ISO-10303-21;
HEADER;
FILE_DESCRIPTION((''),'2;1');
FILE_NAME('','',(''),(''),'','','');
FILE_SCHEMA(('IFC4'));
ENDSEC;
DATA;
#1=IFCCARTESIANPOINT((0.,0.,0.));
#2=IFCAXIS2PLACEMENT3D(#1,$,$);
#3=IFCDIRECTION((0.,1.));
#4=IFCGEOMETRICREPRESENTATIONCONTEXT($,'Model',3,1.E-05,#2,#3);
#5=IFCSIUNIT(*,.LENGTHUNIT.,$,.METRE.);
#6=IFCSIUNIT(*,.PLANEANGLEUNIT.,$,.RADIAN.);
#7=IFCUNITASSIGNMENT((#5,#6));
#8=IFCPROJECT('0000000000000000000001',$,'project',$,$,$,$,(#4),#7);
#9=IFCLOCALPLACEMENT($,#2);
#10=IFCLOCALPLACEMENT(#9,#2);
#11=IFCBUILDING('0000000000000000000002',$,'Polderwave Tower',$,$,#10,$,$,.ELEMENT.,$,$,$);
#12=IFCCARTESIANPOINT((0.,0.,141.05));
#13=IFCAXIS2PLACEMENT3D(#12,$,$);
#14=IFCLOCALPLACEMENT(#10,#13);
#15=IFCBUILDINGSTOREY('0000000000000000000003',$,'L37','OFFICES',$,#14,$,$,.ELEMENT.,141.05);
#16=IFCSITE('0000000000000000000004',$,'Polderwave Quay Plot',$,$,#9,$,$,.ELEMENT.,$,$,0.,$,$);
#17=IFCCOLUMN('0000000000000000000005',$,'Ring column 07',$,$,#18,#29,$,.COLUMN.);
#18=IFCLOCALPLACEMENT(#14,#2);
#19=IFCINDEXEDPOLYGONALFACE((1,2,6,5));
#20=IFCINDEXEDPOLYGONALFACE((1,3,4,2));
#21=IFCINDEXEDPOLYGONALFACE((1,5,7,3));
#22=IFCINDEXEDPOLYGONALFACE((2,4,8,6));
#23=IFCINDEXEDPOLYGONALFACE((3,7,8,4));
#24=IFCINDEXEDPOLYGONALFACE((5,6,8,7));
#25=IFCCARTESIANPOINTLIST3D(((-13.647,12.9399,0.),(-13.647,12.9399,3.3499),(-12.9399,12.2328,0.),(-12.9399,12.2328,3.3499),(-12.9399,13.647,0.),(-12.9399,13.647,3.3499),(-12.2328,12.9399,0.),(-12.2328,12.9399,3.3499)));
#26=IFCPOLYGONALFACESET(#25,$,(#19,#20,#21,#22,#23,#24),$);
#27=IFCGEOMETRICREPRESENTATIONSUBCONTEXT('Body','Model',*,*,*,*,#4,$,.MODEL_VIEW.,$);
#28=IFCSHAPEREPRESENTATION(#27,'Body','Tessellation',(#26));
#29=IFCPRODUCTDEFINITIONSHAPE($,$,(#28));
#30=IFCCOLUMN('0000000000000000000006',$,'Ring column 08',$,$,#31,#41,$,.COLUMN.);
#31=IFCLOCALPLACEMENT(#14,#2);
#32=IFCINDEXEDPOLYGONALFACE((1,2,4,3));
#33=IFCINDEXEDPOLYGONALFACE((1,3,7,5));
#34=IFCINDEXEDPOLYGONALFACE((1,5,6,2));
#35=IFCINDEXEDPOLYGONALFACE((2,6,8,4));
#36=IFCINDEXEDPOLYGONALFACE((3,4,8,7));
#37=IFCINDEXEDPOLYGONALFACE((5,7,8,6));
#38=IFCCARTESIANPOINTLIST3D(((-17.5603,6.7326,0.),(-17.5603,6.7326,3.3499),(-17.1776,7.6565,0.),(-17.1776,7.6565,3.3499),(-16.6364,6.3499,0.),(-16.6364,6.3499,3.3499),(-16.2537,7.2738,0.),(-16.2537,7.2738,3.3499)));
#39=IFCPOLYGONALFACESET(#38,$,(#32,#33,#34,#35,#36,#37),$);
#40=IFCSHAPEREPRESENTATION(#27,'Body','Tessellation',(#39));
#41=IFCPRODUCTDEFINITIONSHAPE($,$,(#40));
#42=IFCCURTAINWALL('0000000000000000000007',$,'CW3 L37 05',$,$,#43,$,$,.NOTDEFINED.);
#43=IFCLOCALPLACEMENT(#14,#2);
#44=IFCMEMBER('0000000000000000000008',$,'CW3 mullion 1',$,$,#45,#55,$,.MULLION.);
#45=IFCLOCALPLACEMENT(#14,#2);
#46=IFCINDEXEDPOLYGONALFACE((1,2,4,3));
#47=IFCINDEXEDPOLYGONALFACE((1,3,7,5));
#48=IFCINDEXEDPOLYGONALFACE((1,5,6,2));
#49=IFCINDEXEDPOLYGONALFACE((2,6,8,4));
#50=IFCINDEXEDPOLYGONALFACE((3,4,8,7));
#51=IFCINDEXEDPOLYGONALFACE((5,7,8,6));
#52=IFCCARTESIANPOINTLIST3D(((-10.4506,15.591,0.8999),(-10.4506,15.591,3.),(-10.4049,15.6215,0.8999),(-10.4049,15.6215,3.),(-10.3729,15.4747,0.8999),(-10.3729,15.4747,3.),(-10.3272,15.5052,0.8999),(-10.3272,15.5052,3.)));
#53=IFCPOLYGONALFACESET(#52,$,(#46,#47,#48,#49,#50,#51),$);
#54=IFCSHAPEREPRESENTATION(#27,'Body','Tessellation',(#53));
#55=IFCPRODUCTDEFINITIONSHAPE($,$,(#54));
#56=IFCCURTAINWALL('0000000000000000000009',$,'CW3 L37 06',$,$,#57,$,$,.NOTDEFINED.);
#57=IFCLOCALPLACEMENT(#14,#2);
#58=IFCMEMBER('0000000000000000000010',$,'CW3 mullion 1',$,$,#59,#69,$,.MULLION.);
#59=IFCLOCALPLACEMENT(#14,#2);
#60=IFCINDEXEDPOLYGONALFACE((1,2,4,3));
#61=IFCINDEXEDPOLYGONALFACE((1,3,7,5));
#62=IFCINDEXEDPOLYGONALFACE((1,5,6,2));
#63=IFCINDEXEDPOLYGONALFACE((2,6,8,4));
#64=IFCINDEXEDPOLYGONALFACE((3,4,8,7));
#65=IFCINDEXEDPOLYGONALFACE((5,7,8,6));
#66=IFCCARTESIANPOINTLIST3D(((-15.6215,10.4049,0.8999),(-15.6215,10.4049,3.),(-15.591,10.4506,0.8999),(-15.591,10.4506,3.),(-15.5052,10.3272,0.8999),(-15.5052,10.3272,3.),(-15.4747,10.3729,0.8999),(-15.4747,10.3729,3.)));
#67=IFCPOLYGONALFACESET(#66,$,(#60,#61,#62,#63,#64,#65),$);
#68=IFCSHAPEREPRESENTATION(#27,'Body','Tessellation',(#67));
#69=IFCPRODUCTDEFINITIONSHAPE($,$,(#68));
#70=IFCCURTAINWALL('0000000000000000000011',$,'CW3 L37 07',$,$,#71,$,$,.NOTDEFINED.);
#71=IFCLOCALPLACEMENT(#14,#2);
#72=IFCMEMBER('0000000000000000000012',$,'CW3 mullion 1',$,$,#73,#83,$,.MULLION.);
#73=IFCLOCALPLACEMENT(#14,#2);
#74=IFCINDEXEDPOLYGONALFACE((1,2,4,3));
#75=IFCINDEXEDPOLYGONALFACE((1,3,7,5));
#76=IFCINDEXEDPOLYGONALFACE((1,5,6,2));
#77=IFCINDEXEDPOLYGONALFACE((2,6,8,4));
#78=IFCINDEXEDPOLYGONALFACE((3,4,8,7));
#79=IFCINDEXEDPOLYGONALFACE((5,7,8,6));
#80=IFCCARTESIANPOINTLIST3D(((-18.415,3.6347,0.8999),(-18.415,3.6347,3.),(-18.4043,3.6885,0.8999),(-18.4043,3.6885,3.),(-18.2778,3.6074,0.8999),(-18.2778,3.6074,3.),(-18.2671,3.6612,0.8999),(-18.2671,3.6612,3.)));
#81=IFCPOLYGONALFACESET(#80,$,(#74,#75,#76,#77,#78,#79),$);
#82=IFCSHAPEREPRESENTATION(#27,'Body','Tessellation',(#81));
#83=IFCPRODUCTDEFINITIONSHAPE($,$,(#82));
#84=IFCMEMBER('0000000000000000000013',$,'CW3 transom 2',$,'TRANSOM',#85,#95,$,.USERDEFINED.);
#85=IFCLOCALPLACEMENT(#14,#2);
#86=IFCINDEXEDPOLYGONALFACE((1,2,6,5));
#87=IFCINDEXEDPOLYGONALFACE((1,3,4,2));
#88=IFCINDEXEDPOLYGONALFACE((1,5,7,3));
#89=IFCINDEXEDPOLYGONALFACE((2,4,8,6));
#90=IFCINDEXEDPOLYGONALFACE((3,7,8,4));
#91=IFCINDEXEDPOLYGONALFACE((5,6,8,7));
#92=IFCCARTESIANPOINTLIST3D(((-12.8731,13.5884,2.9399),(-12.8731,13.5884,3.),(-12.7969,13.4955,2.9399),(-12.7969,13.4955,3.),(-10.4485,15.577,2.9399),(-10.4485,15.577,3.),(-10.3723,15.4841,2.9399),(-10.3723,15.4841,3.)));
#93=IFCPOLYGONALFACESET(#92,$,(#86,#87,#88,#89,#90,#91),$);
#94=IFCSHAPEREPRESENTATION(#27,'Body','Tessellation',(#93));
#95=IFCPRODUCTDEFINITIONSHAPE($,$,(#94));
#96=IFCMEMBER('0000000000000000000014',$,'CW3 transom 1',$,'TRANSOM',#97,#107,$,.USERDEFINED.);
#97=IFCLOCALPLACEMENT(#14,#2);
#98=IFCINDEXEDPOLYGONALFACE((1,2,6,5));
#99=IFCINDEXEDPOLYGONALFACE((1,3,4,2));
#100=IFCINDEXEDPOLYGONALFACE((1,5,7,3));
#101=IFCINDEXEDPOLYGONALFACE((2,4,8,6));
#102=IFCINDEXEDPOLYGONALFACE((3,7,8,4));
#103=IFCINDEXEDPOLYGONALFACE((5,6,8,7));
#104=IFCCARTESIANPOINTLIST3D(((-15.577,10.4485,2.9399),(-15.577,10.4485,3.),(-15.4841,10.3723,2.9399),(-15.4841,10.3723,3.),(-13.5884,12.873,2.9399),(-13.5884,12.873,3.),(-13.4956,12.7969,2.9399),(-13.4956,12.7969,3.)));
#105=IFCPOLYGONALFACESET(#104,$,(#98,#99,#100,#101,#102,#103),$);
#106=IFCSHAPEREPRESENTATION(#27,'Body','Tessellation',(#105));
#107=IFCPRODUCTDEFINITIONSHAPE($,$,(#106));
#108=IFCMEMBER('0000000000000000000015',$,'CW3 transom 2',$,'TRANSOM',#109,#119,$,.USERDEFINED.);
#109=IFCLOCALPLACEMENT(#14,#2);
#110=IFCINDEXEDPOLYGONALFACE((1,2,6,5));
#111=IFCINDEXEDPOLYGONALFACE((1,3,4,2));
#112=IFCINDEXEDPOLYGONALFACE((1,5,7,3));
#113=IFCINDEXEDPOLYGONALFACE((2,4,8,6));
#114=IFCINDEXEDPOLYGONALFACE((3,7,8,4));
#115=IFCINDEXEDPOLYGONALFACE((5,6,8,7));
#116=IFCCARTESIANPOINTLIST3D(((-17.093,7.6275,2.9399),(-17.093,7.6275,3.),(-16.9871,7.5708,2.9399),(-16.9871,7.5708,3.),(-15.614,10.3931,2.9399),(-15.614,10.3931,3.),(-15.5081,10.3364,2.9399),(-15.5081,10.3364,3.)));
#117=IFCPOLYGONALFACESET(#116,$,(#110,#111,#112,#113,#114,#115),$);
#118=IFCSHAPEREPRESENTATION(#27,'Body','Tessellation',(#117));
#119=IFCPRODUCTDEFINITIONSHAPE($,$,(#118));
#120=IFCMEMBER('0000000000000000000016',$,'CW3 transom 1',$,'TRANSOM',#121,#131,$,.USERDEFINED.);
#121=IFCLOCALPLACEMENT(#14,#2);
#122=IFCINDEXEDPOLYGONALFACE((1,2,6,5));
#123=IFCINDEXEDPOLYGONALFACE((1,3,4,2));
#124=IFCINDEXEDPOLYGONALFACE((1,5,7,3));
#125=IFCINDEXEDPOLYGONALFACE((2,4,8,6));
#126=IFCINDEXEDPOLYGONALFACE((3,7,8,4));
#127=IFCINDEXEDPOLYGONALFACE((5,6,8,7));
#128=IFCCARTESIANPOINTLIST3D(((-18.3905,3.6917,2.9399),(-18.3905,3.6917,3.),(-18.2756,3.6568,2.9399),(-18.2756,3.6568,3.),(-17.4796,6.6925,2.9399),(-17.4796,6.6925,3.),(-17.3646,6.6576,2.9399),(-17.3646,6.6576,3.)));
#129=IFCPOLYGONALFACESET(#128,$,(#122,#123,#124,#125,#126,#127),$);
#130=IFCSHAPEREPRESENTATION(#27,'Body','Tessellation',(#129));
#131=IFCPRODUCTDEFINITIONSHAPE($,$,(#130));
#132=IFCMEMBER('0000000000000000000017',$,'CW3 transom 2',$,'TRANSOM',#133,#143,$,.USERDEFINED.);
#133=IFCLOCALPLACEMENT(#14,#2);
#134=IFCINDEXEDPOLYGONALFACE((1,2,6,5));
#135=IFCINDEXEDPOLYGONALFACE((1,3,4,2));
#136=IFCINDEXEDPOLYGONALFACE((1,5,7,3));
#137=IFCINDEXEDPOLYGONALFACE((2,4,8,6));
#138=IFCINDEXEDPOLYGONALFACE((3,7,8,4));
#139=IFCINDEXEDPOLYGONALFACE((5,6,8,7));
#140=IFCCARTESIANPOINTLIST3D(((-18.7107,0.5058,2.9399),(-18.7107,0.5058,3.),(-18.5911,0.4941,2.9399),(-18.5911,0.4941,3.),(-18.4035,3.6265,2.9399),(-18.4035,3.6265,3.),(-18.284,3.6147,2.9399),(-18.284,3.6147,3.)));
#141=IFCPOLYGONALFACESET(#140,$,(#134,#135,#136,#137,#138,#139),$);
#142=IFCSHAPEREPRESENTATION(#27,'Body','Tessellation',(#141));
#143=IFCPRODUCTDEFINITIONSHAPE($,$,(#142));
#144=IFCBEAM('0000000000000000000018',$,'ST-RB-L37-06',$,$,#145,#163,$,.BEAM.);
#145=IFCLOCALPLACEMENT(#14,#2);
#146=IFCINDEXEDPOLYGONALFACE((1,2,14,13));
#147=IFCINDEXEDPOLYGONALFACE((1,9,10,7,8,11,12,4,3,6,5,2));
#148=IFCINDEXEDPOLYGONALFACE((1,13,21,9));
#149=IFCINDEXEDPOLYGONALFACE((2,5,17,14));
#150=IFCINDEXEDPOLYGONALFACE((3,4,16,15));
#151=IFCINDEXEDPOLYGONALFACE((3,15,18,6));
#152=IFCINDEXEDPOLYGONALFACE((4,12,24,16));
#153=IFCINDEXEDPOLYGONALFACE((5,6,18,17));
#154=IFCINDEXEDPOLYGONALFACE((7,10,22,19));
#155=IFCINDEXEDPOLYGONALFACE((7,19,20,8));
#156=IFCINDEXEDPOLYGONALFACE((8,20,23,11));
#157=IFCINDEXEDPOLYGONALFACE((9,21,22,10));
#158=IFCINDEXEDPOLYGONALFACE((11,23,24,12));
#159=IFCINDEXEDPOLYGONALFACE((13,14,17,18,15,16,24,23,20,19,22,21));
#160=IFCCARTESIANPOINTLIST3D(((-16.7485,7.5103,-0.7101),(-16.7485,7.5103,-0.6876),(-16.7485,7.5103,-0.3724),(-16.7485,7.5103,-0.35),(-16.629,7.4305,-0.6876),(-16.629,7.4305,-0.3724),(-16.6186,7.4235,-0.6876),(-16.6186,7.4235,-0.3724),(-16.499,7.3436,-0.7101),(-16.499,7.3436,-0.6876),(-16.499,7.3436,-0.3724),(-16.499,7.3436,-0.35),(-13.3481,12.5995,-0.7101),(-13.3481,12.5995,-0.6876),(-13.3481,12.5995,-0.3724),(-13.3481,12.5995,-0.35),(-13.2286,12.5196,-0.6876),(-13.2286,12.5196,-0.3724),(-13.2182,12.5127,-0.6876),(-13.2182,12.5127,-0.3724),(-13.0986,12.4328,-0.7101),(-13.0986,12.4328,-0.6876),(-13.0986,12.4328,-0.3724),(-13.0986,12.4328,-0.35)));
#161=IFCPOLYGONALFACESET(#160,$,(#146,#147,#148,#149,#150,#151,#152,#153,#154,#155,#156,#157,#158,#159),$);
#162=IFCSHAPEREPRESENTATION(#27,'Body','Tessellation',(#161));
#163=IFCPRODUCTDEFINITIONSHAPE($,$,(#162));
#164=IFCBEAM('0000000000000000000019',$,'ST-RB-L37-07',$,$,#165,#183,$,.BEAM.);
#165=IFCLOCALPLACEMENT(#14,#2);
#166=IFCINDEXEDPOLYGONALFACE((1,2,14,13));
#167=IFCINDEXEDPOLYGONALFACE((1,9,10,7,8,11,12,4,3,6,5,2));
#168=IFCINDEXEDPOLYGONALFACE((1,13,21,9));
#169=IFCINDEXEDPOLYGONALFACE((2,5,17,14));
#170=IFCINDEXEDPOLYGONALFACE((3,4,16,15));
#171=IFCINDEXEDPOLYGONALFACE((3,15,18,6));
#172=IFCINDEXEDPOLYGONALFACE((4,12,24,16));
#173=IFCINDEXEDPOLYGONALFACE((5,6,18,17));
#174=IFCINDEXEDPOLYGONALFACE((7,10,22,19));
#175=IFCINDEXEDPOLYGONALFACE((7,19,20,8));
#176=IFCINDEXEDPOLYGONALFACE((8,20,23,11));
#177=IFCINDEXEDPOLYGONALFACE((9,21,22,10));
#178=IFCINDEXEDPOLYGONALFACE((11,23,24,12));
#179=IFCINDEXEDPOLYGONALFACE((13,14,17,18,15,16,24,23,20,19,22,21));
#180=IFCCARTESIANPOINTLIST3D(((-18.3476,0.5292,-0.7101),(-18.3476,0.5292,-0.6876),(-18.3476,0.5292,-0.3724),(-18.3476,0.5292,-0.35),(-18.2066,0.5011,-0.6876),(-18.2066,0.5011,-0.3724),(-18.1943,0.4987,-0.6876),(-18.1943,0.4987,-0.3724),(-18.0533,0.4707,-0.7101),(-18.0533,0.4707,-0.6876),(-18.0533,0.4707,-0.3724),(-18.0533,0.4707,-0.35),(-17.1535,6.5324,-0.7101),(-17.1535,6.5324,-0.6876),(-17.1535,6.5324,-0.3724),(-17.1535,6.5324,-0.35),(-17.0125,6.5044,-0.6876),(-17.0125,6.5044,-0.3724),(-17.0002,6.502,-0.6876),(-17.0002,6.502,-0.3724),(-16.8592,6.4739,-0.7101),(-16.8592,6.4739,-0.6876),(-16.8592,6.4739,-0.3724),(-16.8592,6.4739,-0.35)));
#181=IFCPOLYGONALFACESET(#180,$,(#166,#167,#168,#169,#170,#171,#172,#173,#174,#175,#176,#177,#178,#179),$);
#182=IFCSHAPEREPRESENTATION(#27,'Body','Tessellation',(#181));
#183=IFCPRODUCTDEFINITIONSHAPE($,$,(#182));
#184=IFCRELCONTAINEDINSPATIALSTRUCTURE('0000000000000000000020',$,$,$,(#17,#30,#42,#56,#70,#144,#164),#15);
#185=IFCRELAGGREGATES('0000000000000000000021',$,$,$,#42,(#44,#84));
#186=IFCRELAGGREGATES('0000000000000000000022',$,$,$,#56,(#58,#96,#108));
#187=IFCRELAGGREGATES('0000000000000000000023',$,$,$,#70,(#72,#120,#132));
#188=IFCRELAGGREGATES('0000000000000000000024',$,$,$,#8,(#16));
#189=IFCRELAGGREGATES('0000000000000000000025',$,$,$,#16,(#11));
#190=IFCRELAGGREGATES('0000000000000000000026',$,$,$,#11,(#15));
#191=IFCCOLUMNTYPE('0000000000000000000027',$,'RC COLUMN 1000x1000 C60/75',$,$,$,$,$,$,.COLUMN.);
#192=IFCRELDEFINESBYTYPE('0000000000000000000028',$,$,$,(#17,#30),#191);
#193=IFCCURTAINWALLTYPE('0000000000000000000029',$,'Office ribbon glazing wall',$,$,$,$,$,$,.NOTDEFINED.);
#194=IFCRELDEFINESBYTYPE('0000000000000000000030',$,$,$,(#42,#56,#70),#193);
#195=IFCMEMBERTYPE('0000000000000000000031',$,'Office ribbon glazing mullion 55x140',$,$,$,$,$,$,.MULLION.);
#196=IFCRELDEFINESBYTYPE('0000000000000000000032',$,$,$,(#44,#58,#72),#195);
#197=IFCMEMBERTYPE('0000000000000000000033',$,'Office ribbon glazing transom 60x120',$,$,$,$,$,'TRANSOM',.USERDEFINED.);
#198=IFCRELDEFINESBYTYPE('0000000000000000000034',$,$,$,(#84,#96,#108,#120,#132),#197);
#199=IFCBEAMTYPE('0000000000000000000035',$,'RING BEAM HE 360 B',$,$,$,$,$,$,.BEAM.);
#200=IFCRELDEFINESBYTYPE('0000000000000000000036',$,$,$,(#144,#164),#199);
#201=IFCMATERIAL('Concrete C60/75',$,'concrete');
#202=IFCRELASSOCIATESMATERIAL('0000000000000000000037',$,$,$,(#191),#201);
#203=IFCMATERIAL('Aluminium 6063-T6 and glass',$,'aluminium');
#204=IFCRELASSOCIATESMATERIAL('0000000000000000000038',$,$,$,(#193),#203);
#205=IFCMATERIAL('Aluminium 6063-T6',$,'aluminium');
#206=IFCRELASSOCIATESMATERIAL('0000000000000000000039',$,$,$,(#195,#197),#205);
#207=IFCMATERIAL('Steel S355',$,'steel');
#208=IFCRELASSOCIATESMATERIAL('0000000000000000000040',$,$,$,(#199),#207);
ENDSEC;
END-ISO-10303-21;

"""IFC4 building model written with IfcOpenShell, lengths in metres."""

from ifc_helpers import new_model, si_unit, direction, frame, origin, origin_2d, place, context, subcontext, project, spatial, rectangle, i_section, extrude, material, material_profile, profile_set, type_object, element, aggregate, save


model = new_model("IFC4")

# Units and contexts
model_context = context("Model", 3, precision=1e-05, world=origin(), true_north=direction((0.0, 1.0)))
body_context = subcontext(model_context, "Body", "Model", "MODEL_VIEW")
ifc_project = project(units=[si_unit("LENGTHUNIT", "METRE"), si_unit("PLANEANGLEUNIT", "RADIAN")], contexts=[model_context])

# Site, building, storey
site_placement = place(None, origin())
site = spatial("IfcSite", under=ifc_project, at=site_placement, Name="Polderwave Quay Plot", CompositionType="ELEMENT", RefElevation=0.0)
building_placement = place(site_placement, origin())
building = spatial("IfcBuilding", under=site, at=building_placement, Name="Polderwave Tower", CompositionType="ELEMENT")
storey_placement = place(building_placement, frame((0.0, 0.0, 141.05)))
storey = spatial("IfcBuildingStorey", under=building, at=storey_placement, Name="L37", Description="OFFICES", CompositionType="ELEMENT", Elevation=141.05)

# Columns
ifc_material_1 = material(Name="Concrete C60/75", Category="concrete")
ifc_material_profile_1 = material_profile(ifc_material_1, rectangle(XDim=1.0, YDim=1.0, at=origin_2d()), Name="RC 1000x1000")
ifc_profile_set_1 = profile_set([ifc_material_profile_1], Name="Concrete C60/75")
column_type = type_object("IfcColumnType", Name="RC COLUMN 1000x1000 C60/75", PredefinedType="COLUMN", material=ifc_profile_set_1)
for number, where, z_axis, x_axis, name in (
    (1, (-12.9399, 12.9399, 0.0), (0.0, 0.0, 1.0), (-0.707107, 0.707107, 0.0), "Ring column 07"),
    (2, (-16.907, 7.0032, 0.0), (0.0, 0.0, 1.0), (-0.92388, 0.382683, 0.0), "Ring column 08"),
):
    element("IfcColumn", number, at=place(storey_placement, frame(where, z_axis=z_axis, x_axis=x_axis)), inside=storey, type_object=column_type, Name=name, PredefinedType="COLUMN", context=body_context, shape_type="SweptSolid", body=[
        extrude(rectangle(XDim=1.0, YDim=1.0, at=origin_2d()), origin(), (0.0, 0.0, 1.0), 3.3499),
    ])

# Curtain walls, members
ifc_material_2 = material(Name="Aluminium 6063-T6 and glass", Category="aluminium")
curtain_wall_type = type_object("IfcCurtainWallType", Name="Office ribbon glazing wall", PredefinedType="NOTDEFINED", material=ifc_material_2)
curtain_wall_1_placement = place(storey_placement, origin())
curtain_wall_1 = element("IfcCurtainWall", 3, at=curtain_wall_1_placement, inside=storey, type_object=curtain_wall_type, Name="CW3 L37 05", PredefinedType="NOTDEFINED")
ifc_material_3 = material(Name="Aluminium 6063-T6", Category="aluminium")
ifc_material_profile_2 = material_profile(ifc_material_3, rectangle(XDim=0.1399, YDim=0.0549, at=origin_2d()), Name="AL 55x140")
ifc_profile_set_2 = profile_set([ifc_material_profile_2], Name="Aluminium 6063-T6")
member_type_1 = type_object("IfcMemberType", Name="Office ribbon glazing mullion 55x140", PredefinedType="MULLION", material=ifc_profile_set_2)
member_1_placement = place(storey_placement, frame((-10.3889, 15.5481, 0.8999), z_axis=(0.0, 0.0, 1.0), x_axis=(0.555512, -0.831508, 0.0)))
member_1 = element("IfcMember", 4, at=member_1_placement, type_object=member_type_1, Name="CW3 mullion 1", PredefinedType="MULLION", context=body_context, shape_type="SweptSolid", body=[
    extrude(rectangle(XDim=0.1399, YDim=0.0549, at=origin_2d()), origin(), (0.0, 0.0, 1.0), 2.1001),
])
curtain_wall_2_placement = place(storey_placement, origin())
curtain_wall_2 = element("IfcCurtainWall", 5, at=curtain_wall_2_placement, inside=storey, type_object=curtain_wall_type, Name="CW3 L37 06", PredefinedType="NOTDEFINED")
member_2_placement = place(storey_placement, frame((-15.5481, 10.3889, 0.8999), z_axis=(0.0, 0.0, 1.0), x_axis=(0.831508, -0.555512, 0.0)))
member_2 = element("IfcMember", 6, at=member_2_placement, type_object=member_type_1, Name="CW3 mullion 1", PredefinedType="MULLION", context=body_context, shape_type="SweptSolid", body=[
    extrude(rectangle(XDim=0.1399, YDim=0.0549, at=origin_2d()), origin(), (0.0, 0.0, 1.0), 2.1001),
])
curtain_wall_3_placement = place(storey_placement, origin())
curtain_wall_3 = element("IfcCurtainWall", 7, at=curtain_wall_3_placement, inside=storey, type_object=curtain_wall_type, Name="CW3 L37 07", PredefinedType="NOTDEFINED")
member_3_placement = place(storey_placement, frame((-18.3411, 3.6479, 0.8999), z_axis=(0.0, 0.0, 1.0), x_axis=(0.980764, -0.195196, 0.0)))
member_3 = element("IfcMember", 8, at=member_3_placement, type_object=member_type_1, Name="CW3 mullion 1", PredefinedType="MULLION", context=body_context, shape_type="SweptSolid", body=[
    extrude(rectangle(XDim=0.1399, YDim=0.0549, at=origin_2d()), origin(), (0.0, 0.0, 1.0), 2.1001),
])

# Members
ifc_material_profile_3 = material_profile(ifc_material_3, rectangle(XDim=0.1201, YDim=0.0601, at=origin_2d()), Name="AL 60x120")
ifc_profile_set_3 = profile_set([ifc_material_profile_3], Name="Aluminium 6063-T6")
member_type_2 = type_object("IfcMemberType", Name="Office ribbon glazing transom 60x120", ElementType="TRANSOM", PredefinedType="USERDEFINED", material=ifc_profile_set_3)
member_4_placement = place(storey_placement, frame((-10.4104, 15.5305, 2.97), z_axis=(-0.773207, -0.634153, 0.0), x_axis=(0.634153, -0.773207, 0.0)))
member_4 = element("IfcMember", 9, at=member_4_placement, type_object=member_type_2, Name="CW3 transom 2", ObjectType="TRANSOM", PredefinedType="USERDEFINED", context=body_context, shape_type="SweptSolid", body=[
    extrude(rectangle(XDim=0.1201, YDim=0.0601, at=origin_2d()), origin(), (0.0, 0.0, 1.0), 3.1357),
])
member_5_placement = place(storey_placement, frame((-13.542, 12.835, 2.97), z_axis=(-0.634153, -0.773207, 0.0), x_axis=(0.773207, -0.634153, 0.0)))
member_5 = element("IfcMember", 10, at=member_5_placement, type_object=member_type_2, Name="CW3 transom 1", ObjectType="TRANSOM", PredefinedType="USERDEFINED", context=body_context, shape_type="SweptSolid", body=[
    extrude(rectangle(XDim=0.1201, YDim=0.0601, at=origin_2d()), origin(), (0.0, 0.0, 1.0), 3.1357),
])
member_6_placement = place(storey_placement, frame((-15.561, 10.3647, 2.97), z_axis=(-0.471582, -0.881822, 0.0), x_axis=(0.881822, -0.471582, 0.0)))
member_6 = element("IfcMember", 11, at=member_6_placement, type_object=member_type_2, Name="CW3 transom 2", ObjectType="TRANSOM", PredefinedType="USERDEFINED", context=body_context, shape_type="SweptSolid", body=[
    extrude(rectangle(XDim=0.1201, YDim=0.0601, at=origin_2d()), origin(), (0.0, 0.0, 1.0), 3.1362),
])
member_7_placement = place(storey_placement, frame((-17.4221, 6.675, 2.97), z_axis=(-0.290468, -0.956885, 0.0), x_axis=(0.956885, -0.290468, 0.0)))
member_7 = element("IfcMember", 12, at=member_7_placement, type_object=member_type_2, Name="CW3 transom 1", ObjectType="TRANSOM", PredefinedType="USERDEFINED", context=body_context, shape_type="SweptSolid", body=[
    extrude(rectangle(XDim=0.1201, YDim=0.0601, at=origin_2d()), origin(), (0.0, 0.0, 1.0), 3.136),
])
member_8_placement = place(storey_placement, frame((-18.3438, 3.6206, 2.97), z_axis=(-0.097946, -0.995192, 0.0), x_axis=(0.995192, -0.097946, 0.0)))
member_8 = element("IfcMember", 13, at=member_8_placement, type_object=member_type_2, Name="CW3 transom 2", ObjectType="TRANSOM", PredefinedType="USERDEFINED", context=body_context, shape_type="SweptSolid", body=[
    extrude(rectangle(XDim=0.1201, YDim=0.0601, at=origin_2d()), origin(), (0.0, 0.0, 1.0), 3.1357),
])

# Beams
ifc_material_4 = material(Name="Steel S355", Category="steel")
ifc_material_profile_4 = material_profile(ifc_material_4, i_section(OverallWidth=0.3, OverallDepth=0.3601, WebThickness=0.0125, FlangeThickness=0.0225, at=origin_2d()), Name="HE 360 B")
ifc_profile_set_4 = profile_set([ifc_material_profile_4], Name="Steel S355")
beam_type = type_object("IfcBeamType", Name="RING BEAM HE 360 B", PredefinedType="BEAM", material=ifc_profile_set_4)
beam_1_placement = place(storey_placement, frame((-13.2234, 12.5161, -0.53), z_axis=(-0.555565, -0.831473, 0.0), x_axis=(0.831473, -0.555565, 0.0)))
element("IfcBeam", 14, at=beam_1_placement, inside=storey, type_object=beam_type, Name="ST-RB-L37-06", PredefinedType="BEAM", context=body_context, shape_type="SweptSolid", body=[
    extrude(i_section(OverallWidth=0.3, OverallDepth=0.3601, WebThickness=0.0125, FlangeThickness=0.0225, at=origin_2d()), origin(), (0.0, 0.0, 1.0), 6.1206),
])
beam_2_placement = place(storey_placement, frame((-17.0063, 6.5032, -0.53), z_axis=(-0.195088, -0.980786, 0.0), x_axis=(0.980786, -0.195088, 0.0)))
element("IfcBeam", 15, at=beam_2_placement, inside=storey, type_object=beam_type, Name="ST-RB-L37-07", PredefinedType="BEAM", context=body_context, shape_type="SweptSolid", body=[
    extrude(i_section(OverallWidth=0.3, OverallDepth=0.3601, WebThickness=0.0125, FlangeThickness=0.0225, at=origin_2d()), origin(), (0.0, 0.0, 1.0), 6.1208),
])

aggregate(curtain_wall_1, [member_1, member_4])
aggregate(curtain_wall_2, [member_2, member_5, member_6])
aggregate(curtain_wall_3, [member_3, member_7, member_8])

save(model, "model.ifc")
